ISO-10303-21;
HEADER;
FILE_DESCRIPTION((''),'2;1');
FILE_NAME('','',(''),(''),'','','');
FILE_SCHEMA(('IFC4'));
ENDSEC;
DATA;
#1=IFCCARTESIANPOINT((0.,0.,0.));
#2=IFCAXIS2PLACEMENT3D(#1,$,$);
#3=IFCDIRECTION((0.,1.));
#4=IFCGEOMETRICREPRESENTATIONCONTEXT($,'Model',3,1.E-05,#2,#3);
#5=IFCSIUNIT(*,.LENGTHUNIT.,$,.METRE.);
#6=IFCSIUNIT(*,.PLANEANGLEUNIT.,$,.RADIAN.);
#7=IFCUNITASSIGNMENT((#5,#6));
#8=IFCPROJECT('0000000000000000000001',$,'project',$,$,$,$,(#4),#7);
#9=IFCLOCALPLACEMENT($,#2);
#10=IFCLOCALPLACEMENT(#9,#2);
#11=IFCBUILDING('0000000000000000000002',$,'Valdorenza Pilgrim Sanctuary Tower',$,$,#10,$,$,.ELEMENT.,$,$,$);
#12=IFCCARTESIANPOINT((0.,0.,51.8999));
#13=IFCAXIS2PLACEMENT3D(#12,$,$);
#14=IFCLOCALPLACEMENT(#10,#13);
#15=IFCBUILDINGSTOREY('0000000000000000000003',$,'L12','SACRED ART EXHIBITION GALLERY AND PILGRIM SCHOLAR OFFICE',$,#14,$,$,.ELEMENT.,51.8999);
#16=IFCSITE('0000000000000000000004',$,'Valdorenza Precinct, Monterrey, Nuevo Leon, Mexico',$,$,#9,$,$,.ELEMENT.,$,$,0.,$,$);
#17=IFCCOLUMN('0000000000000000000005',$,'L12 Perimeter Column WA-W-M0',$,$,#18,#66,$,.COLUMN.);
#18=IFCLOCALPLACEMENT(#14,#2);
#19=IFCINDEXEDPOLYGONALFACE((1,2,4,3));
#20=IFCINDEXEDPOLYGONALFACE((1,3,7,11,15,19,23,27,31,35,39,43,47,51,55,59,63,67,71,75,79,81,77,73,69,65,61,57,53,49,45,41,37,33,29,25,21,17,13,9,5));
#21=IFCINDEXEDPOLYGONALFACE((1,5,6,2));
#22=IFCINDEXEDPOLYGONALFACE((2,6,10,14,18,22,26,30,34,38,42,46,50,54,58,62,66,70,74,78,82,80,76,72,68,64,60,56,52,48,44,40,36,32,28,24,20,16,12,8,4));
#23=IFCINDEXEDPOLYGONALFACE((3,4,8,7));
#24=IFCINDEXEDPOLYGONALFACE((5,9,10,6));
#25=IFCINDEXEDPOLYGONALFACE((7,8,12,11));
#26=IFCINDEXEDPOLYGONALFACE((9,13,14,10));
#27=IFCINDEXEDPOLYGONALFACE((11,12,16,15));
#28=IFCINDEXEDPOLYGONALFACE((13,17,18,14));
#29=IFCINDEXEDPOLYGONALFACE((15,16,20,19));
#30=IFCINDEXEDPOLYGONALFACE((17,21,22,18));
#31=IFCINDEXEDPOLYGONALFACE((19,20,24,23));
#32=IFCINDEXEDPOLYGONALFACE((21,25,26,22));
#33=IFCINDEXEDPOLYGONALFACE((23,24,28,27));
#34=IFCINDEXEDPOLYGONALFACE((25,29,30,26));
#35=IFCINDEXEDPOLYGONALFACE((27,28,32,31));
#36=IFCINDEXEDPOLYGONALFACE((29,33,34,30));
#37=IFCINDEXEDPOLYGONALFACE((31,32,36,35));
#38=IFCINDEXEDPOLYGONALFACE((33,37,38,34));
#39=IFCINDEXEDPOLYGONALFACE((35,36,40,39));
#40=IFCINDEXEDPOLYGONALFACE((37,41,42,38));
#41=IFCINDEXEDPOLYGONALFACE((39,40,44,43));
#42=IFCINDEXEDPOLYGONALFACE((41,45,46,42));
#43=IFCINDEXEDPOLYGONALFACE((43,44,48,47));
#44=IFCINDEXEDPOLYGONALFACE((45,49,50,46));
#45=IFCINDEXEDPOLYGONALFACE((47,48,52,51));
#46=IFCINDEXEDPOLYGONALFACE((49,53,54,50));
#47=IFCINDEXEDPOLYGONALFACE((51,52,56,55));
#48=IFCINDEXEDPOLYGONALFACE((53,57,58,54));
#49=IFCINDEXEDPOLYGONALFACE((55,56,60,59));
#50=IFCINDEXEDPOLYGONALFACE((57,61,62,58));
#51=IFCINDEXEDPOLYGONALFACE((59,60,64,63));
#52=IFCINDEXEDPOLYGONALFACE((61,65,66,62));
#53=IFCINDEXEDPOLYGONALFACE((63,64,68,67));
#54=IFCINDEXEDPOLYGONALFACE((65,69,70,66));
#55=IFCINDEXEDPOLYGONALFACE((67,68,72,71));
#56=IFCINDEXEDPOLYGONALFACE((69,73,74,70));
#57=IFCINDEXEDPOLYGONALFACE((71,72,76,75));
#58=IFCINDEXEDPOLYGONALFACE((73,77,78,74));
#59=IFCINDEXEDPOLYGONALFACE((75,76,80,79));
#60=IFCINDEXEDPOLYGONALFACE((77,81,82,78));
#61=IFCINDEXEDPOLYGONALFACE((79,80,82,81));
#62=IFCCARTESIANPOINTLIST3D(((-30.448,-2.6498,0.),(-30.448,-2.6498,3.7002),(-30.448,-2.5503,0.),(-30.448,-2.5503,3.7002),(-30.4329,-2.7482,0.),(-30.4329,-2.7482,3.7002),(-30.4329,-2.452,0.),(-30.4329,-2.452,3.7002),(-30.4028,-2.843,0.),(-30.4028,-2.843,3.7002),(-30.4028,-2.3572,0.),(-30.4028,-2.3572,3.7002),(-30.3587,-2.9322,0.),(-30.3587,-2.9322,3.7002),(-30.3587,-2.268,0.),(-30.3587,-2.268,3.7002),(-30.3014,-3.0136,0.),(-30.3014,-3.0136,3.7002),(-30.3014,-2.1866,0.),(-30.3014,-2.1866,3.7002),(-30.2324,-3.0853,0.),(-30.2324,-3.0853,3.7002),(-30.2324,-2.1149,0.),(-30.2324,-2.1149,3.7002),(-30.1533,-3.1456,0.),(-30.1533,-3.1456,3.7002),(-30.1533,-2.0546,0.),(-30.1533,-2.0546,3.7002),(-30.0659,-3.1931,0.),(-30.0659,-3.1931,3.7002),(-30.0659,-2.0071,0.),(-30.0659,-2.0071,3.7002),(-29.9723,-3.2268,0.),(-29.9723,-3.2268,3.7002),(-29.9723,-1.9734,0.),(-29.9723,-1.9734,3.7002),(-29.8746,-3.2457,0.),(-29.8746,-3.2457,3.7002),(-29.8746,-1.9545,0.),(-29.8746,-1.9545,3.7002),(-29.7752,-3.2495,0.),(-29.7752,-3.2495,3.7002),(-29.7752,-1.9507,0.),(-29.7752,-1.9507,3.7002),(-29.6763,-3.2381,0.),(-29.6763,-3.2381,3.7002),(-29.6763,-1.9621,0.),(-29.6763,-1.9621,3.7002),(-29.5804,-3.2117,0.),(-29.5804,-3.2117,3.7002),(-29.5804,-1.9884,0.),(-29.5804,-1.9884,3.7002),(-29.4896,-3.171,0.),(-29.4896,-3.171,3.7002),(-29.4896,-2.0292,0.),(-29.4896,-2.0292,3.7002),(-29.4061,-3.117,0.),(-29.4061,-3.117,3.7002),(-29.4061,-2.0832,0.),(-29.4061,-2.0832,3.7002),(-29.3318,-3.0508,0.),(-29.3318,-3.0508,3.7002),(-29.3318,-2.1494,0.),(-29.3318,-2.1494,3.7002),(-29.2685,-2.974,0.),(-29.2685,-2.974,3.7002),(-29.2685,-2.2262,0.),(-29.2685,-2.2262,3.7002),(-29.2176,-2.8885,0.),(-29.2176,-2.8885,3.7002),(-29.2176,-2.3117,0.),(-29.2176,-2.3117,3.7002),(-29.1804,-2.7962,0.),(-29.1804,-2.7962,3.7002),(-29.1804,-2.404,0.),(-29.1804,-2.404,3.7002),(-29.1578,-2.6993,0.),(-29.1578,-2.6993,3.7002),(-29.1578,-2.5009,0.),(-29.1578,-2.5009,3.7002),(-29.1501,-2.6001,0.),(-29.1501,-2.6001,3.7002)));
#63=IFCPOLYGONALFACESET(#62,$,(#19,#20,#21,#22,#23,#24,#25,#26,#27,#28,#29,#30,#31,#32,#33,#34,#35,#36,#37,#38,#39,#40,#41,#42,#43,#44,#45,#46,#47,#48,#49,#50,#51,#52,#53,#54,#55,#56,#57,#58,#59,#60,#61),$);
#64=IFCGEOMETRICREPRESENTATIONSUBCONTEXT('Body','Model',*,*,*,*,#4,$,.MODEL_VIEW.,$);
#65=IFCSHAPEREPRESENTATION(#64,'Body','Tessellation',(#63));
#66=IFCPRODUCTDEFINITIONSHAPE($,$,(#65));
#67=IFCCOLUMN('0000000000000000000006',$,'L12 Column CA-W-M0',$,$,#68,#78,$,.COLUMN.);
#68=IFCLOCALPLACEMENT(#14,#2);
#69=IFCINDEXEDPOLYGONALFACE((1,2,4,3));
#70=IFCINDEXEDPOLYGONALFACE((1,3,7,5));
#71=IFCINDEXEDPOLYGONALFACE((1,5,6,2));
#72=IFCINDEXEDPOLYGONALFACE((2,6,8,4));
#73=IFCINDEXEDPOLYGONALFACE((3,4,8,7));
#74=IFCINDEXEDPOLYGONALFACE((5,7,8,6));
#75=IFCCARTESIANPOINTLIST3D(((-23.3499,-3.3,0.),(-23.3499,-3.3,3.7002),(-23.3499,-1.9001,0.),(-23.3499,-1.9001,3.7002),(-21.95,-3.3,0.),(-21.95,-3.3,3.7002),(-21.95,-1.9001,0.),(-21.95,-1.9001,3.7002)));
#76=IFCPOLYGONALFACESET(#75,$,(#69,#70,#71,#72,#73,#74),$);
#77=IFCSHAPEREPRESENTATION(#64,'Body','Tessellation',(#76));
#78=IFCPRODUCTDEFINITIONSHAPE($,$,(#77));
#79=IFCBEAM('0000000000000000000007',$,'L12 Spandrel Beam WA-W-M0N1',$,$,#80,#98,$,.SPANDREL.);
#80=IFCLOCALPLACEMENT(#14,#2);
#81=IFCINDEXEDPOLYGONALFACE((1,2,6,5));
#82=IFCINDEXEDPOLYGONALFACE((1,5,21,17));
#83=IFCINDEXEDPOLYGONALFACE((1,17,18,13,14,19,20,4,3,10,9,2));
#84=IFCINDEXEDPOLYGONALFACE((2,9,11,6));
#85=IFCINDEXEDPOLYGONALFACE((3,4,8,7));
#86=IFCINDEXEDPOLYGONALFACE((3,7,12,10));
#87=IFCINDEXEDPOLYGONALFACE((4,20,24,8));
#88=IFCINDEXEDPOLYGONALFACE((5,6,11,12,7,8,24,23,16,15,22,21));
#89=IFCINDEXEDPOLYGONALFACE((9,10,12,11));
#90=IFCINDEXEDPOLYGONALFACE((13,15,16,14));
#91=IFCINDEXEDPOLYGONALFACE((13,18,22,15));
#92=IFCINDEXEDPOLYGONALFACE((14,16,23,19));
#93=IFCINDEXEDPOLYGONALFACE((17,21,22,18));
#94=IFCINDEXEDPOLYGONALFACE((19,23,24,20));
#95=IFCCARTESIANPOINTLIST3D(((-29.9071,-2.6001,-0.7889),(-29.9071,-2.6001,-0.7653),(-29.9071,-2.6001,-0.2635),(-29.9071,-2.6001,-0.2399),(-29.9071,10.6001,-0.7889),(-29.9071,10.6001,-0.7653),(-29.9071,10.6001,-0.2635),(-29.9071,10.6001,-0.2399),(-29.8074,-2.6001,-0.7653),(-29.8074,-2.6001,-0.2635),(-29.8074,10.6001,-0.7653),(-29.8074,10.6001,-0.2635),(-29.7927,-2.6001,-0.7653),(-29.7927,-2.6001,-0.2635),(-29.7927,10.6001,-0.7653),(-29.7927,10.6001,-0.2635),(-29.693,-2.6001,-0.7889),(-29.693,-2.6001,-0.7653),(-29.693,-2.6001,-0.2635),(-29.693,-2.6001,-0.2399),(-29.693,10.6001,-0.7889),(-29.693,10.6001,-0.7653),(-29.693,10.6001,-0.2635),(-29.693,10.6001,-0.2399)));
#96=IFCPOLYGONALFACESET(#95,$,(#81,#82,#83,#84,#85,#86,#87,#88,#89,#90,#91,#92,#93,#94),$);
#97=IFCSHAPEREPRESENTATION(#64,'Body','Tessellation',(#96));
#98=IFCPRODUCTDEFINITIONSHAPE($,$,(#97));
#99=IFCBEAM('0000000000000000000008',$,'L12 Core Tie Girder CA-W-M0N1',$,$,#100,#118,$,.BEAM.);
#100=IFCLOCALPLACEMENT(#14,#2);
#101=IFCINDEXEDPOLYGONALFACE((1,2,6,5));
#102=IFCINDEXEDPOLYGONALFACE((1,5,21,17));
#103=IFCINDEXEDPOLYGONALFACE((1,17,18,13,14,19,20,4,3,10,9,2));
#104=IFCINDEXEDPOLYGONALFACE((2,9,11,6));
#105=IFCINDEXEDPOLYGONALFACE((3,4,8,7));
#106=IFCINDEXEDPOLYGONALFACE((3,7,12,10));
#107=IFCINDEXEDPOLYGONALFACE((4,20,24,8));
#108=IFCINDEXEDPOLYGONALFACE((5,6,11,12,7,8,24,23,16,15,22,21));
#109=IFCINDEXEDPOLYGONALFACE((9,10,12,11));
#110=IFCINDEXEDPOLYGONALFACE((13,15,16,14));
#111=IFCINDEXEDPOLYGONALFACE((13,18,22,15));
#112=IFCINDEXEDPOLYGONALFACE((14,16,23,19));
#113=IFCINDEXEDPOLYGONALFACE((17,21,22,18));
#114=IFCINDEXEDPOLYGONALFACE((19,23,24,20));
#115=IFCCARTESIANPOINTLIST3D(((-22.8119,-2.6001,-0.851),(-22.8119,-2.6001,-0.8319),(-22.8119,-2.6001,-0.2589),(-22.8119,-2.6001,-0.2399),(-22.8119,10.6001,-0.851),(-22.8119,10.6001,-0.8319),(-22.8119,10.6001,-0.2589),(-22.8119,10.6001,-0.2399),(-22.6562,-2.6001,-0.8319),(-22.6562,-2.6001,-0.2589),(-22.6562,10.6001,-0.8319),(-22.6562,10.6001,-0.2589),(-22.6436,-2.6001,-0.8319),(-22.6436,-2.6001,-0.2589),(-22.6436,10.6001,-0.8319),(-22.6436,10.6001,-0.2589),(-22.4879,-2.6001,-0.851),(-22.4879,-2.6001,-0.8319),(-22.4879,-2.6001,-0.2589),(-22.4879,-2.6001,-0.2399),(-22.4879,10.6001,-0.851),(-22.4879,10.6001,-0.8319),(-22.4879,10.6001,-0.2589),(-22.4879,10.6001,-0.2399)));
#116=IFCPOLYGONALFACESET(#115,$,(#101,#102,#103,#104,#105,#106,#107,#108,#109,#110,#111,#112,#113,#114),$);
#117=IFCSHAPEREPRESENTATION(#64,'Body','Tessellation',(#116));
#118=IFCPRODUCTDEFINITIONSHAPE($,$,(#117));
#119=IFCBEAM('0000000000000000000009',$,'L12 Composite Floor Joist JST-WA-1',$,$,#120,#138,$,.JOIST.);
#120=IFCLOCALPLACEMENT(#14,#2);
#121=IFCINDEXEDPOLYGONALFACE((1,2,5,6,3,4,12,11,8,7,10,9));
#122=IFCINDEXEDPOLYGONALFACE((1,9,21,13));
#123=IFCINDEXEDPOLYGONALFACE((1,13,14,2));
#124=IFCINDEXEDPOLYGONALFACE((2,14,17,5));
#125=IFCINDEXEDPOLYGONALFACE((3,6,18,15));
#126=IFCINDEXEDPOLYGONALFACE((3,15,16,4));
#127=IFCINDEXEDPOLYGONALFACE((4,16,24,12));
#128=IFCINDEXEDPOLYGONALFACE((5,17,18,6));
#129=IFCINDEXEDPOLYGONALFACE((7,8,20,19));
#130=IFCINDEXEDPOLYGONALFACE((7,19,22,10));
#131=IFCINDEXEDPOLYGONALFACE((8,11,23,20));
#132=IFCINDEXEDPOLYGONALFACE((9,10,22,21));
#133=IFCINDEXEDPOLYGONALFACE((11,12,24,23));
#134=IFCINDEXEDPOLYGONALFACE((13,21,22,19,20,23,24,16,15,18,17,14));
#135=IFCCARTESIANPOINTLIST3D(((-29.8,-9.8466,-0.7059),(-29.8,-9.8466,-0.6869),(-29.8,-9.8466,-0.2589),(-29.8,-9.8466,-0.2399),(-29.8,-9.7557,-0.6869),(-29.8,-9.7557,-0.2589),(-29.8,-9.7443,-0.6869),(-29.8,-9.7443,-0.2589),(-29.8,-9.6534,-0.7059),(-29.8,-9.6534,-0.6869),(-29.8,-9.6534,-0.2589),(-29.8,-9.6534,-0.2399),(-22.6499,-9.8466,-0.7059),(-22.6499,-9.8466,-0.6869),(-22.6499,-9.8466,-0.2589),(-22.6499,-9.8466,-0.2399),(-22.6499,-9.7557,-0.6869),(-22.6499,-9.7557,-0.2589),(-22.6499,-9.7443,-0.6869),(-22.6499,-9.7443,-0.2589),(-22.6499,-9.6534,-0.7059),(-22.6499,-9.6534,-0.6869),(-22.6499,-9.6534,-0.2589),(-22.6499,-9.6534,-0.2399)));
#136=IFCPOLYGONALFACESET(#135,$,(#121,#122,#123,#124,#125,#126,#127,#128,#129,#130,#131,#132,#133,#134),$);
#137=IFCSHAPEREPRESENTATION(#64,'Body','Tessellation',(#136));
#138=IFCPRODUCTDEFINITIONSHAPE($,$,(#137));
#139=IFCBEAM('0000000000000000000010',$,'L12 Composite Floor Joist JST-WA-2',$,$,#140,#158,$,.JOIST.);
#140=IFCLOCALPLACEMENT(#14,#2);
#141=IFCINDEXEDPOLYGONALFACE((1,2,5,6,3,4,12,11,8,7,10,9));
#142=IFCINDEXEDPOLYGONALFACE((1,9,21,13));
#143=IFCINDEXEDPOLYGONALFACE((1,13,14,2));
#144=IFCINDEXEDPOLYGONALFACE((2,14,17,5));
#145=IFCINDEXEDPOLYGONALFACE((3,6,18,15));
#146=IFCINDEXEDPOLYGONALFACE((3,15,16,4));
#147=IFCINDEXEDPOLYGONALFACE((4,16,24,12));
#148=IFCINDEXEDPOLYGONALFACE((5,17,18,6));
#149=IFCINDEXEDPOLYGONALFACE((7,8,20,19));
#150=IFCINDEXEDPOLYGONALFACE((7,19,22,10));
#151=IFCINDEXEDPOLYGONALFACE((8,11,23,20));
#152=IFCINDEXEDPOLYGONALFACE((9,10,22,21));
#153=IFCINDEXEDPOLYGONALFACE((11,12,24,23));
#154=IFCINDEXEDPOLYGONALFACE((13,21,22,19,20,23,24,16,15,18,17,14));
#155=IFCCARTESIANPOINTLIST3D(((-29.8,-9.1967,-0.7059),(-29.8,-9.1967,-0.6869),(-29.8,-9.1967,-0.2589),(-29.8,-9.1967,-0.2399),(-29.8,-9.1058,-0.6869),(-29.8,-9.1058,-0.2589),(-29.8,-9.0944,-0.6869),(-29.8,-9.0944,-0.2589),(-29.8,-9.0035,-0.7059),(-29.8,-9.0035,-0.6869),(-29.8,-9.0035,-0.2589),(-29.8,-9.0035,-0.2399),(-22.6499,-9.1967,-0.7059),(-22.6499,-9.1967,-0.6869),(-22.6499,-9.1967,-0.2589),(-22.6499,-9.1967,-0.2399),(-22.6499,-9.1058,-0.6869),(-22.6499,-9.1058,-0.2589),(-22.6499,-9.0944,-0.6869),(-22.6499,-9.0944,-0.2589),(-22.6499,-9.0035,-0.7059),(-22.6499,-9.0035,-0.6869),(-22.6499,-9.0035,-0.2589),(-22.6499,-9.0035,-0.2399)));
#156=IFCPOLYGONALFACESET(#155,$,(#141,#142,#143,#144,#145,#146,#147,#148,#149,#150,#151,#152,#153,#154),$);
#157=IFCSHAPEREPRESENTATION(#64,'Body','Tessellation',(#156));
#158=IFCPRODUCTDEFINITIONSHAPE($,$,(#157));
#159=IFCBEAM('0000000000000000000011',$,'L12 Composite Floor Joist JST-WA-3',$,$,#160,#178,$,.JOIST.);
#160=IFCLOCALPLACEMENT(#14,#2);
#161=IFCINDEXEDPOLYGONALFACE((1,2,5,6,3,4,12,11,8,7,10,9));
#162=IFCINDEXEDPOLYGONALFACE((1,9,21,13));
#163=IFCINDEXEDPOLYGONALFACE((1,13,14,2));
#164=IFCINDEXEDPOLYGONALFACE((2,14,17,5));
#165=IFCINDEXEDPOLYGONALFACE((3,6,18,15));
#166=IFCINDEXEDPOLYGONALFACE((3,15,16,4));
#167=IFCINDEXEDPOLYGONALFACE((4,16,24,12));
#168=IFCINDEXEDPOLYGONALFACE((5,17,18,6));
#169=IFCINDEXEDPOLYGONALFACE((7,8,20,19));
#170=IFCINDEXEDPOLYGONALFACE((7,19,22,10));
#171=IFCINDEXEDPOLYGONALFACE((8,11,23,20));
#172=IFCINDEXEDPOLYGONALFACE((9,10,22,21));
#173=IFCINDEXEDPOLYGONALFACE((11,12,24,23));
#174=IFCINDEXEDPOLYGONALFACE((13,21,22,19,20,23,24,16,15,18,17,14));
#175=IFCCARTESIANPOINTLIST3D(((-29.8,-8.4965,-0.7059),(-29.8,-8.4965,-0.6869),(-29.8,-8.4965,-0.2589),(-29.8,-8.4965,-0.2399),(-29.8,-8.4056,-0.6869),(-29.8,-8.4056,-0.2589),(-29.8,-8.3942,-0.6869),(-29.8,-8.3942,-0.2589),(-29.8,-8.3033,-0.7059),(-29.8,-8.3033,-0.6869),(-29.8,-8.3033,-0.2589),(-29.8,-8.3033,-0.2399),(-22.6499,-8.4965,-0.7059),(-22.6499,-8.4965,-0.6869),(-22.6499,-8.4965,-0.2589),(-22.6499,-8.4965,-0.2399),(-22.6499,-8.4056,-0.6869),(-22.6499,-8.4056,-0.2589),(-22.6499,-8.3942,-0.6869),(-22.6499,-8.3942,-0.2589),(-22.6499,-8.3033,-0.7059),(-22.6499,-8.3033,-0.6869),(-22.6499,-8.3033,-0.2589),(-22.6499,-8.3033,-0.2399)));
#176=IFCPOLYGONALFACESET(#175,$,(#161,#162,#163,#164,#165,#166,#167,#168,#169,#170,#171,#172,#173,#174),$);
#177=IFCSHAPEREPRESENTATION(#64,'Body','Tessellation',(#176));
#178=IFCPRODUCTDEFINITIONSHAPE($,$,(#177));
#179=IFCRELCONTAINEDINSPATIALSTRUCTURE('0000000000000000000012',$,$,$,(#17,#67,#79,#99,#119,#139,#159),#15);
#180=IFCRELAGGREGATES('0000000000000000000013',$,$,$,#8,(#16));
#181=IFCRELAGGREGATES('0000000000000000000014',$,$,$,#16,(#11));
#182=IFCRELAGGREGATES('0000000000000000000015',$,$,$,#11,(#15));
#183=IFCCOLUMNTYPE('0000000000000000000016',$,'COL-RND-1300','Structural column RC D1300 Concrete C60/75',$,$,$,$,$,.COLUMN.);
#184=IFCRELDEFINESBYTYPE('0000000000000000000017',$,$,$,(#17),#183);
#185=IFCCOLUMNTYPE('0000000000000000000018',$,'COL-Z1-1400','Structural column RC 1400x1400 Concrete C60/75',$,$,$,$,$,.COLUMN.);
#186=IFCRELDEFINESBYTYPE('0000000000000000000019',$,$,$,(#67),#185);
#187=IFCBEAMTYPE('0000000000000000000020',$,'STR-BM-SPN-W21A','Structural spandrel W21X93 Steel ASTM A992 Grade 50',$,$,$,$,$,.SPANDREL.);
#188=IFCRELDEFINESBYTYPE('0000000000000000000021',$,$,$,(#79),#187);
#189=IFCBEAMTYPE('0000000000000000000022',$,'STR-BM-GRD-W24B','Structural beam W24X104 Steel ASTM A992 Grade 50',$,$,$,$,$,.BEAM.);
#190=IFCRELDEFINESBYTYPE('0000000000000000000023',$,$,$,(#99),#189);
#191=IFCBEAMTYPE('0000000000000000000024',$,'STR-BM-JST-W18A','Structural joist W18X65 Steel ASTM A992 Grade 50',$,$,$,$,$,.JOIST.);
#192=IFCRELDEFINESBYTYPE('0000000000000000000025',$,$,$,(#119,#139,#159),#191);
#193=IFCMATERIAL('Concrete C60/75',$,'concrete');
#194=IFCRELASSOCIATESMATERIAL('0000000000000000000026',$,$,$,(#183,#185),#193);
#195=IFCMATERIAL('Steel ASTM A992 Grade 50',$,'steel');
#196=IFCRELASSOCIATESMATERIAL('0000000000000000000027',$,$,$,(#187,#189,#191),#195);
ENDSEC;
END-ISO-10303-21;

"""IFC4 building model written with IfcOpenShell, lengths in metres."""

from ifc_helpers import new_model, si_unit, direction, frame, origin, origin_2d, place, context, subcontext, project, spatial, rectangle, circle, i_section, extrude, source, transform, mapped, material, material_profile, profile_set, type_object, element, save


model = new_model("IFC4")

# Units and contexts
model_context = context("Model", 3, precision=1e-05, world=origin(), true_north=direction((0.0, 1.0)))
body_context = subcontext(model_context, "Body", "Model", "MODEL_VIEW")
ifc_project = project(units=[si_unit("LENGTHUNIT", "METRE"), si_unit("PLANEANGLEUNIT", "RADIAN")], contexts=[model_context])

# Site, building, storey
site_placement = place(None, origin())
site = spatial("IfcSite", under=ifc_project, at=site_placement, Name="Valdorenza Precinct, Monterrey, Nuevo Leon, Mexico", CompositionType="ELEMENT", RefElevation=0.0)
building_placement = place(site_placement, origin())
building = spatial("IfcBuilding", under=site, at=building_placement, Name="Valdorenza Pilgrim Sanctuary Tower", CompositionType="ELEMENT")
storey_placement = place(building_placement, frame((0.0, 0.0, 51.8999)))
storey = spatial("IfcBuildingStorey", under=building, at=storey_placement, Name="L12", Description="SACRED ART EXHIBITION GALLERY AND PILGRIM SCHOLAR OFFICE", CompositionType="ELEMENT", Elevation=51.8999)

# Columns
ifc_material_1 = material(Name="Concrete C60/75", Category="concrete")
ifc_material_profile_1 = material_profile(ifc_material_1, circle(Radius=0.6499, at=origin_2d()), Name="RC D1300")
ifc_profile_set_1 = profile_set([ifc_material_profile_1], Name="Concrete C60/75")
column_type_1 = type_object("IfcColumnType", Name="COL-RND-1300", Description="Structural column RC D1300 Concrete C60/75", PredefinedType="COLUMN", material=ifc_profile_set_1)
shared_shape_1 = source(origin(), body_context, "Body", "SweptSolid", [
    extrude(circle(Radius=0.6499, at=origin_2d()), origin(), (0.0, 0.0, 1.0), 3.7002),
])
column_1_placement = place(storey_placement, frame((-29.8, -2.6001, 0.0), z_axis=(0.0, 0.0, 1.0), x_axis=(1.0, 0.0, 0.0)))
element("IfcColumn", 1, at=column_1_placement, inside=storey, type_object=column_type_1, Name="L12 Perimeter Column WA-W-M0", PredefinedType="COLUMN", context=body_context, shape_type="MappedRepresentation", body=[
    mapped(shared_shape_1, transform((0.0, 0.0, 0.0), x_axis=(1.0, 0.0, 0.0), y_axis=(0.0, 1.0, 0.0), z_axis=(0.0, 0.0, 1.0), scale=1.0)),
])
ifc_material_profile_2 = material_profile(ifc_material_1, rectangle(XDim=1.3999, YDim=1.3999, at=origin_2d()), Name="RC 1400x1400")
ifc_profile_set_2 = profile_set([ifc_material_profile_2], Name="Concrete C60/75")
column_type_2 = type_object("IfcColumnType", Name="COL-Z1-1400", Description="Structural column RC 1400x1400 Concrete C60/75", PredefinedType="COLUMN", material=ifc_profile_set_2)
shared_shape_2 = source(origin(), body_context, "Body", "SweptSolid", [
    extrude(rectangle(XDim=1.3999, YDim=1.3999, at=origin_2d()), origin(), (0.0, 0.0, 1.0), 3.7002),
])
column_2_placement = place(storey_placement, frame((-22.6499, -2.6001, 0.0), z_axis=(0.0, 0.0, 1.0), x_axis=(1.0, 0.0, 0.0)))
element("IfcColumn", 2, at=column_2_placement, inside=storey, type_object=column_type_2, Name="L12 Column CA-W-M0", PredefinedType="COLUMN", context=body_context, shape_type="MappedRepresentation", body=[
    mapped(shared_shape_2, transform((0.0, 0.0, 0.0), x_axis=(1.0, 0.0, 0.0), y_axis=(0.0, 1.0, 0.0), z_axis=(0.0, 0.0, 1.0), scale=1.0)),
])

# Beams
ifc_material_2 = material(Name="Steel ASTM A992 Grade 50", Category="steel")
ifc_material_profile_3 = material_profile(ifc_material_2, i_section(OverallWidth=0.2141, OverallDepth=0.5491, WebThickness=0.0146, FlangeThickness=0.0237, at=origin_2d()), Name="W21X93")
ifc_profile_set_3 = profile_set([ifc_material_profile_3], Name="Steel ASTM A992 Grade 50")
beam_type_1 = type_object("IfcBeamType", Name="STR-BM-SPN-W21A", Description="Structural spandrel W21X93 Steel ASTM A992 Grade 50", PredefinedType="SPANDREL", material=ifc_profile_set_3)
shared_shape_3 = source(origin(), body_context, "Body", "SweptSolid", [
    extrude(i_section(OverallWidth=0.2141, OverallDepth=0.5491, WebThickness=0.0146, FlangeThickness=0.0237, at=origin_2d()), origin(), (0.0, 0.0, 1.0), 13.2002),
])
beam_1_placement = place(storey_placement, frame((-29.8, -2.6001, -0.5144), z_axis=(0.0, 1.0, 0.0), x_axis=(-1.0, 0.0, 0.0)))
element("IfcBeam", 3, at=beam_1_placement, inside=storey, type_object=beam_type_1, Name="L12 Spandrel Beam WA-W-M0N1", PredefinedType="SPANDREL", context=body_context, shape_type="MappedRepresentation", body=[
    mapped(shared_shape_3, transform((0.0, 0.0, 0.0), x_axis=(1.0, 0.0, 0.0), y_axis=(0.0, 1.0, 0.0), z_axis=(0.0, 0.0, 1.0), scale=1.0)),
])
ifc_material_profile_4 = material_profile(ifc_material_2, i_section(OverallWidth=0.324, OverallDepth=0.6111, WebThickness=0.0127, FlangeThickness=0.019, at=origin_2d()), Name="W24X104")
ifc_profile_set_4 = profile_set([ifc_material_profile_4], Name="Steel ASTM A992 Grade 50")
beam_type_2 = type_object("IfcBeamType", Name="STR-BM-GRD-W24B", Description="Structural beam W24X104 Steel ASTM A992 Grade 50", PredefinedType="BEAM", material=ifc_profile_set_4)
shared_shape_4 = source(origin(), body_context, "Body", "SweptSolid", [
    extrude(i_section(OverallWidth=0.324, OverallDepth=0.6111, WebThickness=0.0127, FlangeThickness=0.019, at=origin_2d()), origin(), (0.0, 0.0, 1.0), 13.2002),
])
beam_2_placement = place(storey_placement, frame((-22.6499, -2.6001, -0.5454), z_axis=(0.0, 1.0, 0.0), x_axis=(-1.0, 0.0, 0.0)))
element("IfcBeam", 4, at=beam_2_placement, inside=storey, type_object=beam_type_2, Name="L12 Core Tie Girder CA-W-M0N1", PredefinedType="BEAM", context=body_context, shape_type="MappedRepresentation", body=[
    mapped(shared_shape_4, transform((0.0, 0.0, 0.0), x_axis=(1.0, 0.0, 0.0), y_axis=(0.0, 1.0, 0.0), z_axis=(0.0, 0.0, 1.0), scale=1.0)),
])
ifc_material_profile_5 = material_profile(ifc_material_2, i_section(OverallWidth=0.1931, OverallDepth=0.4661, WebThickness=0.0115, FlangeThickness=0.019, at=origin_2d()), Name="W18X65")
ifc_profile_set_5 = profile_set([ifc_material_profile_5], Name="Steel ASTM A992 Grade 50")
beam_type_3 = type_object("IfcBeamType", Name="STR-BM-JST-W18A", Description="Structural joist W18X65 Steel ASTM A992 Grade 50", PredefinedType="JOIST", material=ifc_profile_set_5)
shared_shape_5 = source(origin(), body_context, "Body", "SweptSolid", [
    extrude(i_section(OverallWidth=0.1931, OverallDepth=0.4661, WebThickness=0.0115, FlangeThickness=0.019, at=origin_2d()), origin(), (0.0, 0.0, 1.0), 7.1501),
])
for number, where, z_axis, x_axis, name in (
    (5, (-29.8, -9.75, -0.4729), (1.0, 0.0, 0.0), (0.0, 1.0, 0.0), "L12 Composite Floor Joist JST-WA-1"),
    (6, (-29.8, -9.1001, -0.4729), (1.0, 0.0, 0.0), (0.0, 1.0, 0.0), "L12 Composite Floor Joist JST-WA-2"),
    (7, (-29.8, -8.3999, -0.4729), (1.0, 0.0, 0.0), (0.0, 1.0, 0.0), "L12 Composite Floor Joist JST-WA-3"),
):
    element("IfcBeam", number, at=place(storey_placement, frame(where, z_axis=z_axis, x_axis=x_axis)), inside=storey, type_object=beam_type_3, Name=name, PredefinedType="JOIST", context=body_context, shape_type="MappedRepresentation", body=[
        mapped(shared_shape_5, transform((0.0, 0.0, 0.0), x_axis=(1.0, 0.0, 0.0), y_axis=(0.0, 1.0, 0.0), z_axis=(0.0, 0.0, 1.0), scale=1.0)),
    ])

save(model, "model.ifc")
